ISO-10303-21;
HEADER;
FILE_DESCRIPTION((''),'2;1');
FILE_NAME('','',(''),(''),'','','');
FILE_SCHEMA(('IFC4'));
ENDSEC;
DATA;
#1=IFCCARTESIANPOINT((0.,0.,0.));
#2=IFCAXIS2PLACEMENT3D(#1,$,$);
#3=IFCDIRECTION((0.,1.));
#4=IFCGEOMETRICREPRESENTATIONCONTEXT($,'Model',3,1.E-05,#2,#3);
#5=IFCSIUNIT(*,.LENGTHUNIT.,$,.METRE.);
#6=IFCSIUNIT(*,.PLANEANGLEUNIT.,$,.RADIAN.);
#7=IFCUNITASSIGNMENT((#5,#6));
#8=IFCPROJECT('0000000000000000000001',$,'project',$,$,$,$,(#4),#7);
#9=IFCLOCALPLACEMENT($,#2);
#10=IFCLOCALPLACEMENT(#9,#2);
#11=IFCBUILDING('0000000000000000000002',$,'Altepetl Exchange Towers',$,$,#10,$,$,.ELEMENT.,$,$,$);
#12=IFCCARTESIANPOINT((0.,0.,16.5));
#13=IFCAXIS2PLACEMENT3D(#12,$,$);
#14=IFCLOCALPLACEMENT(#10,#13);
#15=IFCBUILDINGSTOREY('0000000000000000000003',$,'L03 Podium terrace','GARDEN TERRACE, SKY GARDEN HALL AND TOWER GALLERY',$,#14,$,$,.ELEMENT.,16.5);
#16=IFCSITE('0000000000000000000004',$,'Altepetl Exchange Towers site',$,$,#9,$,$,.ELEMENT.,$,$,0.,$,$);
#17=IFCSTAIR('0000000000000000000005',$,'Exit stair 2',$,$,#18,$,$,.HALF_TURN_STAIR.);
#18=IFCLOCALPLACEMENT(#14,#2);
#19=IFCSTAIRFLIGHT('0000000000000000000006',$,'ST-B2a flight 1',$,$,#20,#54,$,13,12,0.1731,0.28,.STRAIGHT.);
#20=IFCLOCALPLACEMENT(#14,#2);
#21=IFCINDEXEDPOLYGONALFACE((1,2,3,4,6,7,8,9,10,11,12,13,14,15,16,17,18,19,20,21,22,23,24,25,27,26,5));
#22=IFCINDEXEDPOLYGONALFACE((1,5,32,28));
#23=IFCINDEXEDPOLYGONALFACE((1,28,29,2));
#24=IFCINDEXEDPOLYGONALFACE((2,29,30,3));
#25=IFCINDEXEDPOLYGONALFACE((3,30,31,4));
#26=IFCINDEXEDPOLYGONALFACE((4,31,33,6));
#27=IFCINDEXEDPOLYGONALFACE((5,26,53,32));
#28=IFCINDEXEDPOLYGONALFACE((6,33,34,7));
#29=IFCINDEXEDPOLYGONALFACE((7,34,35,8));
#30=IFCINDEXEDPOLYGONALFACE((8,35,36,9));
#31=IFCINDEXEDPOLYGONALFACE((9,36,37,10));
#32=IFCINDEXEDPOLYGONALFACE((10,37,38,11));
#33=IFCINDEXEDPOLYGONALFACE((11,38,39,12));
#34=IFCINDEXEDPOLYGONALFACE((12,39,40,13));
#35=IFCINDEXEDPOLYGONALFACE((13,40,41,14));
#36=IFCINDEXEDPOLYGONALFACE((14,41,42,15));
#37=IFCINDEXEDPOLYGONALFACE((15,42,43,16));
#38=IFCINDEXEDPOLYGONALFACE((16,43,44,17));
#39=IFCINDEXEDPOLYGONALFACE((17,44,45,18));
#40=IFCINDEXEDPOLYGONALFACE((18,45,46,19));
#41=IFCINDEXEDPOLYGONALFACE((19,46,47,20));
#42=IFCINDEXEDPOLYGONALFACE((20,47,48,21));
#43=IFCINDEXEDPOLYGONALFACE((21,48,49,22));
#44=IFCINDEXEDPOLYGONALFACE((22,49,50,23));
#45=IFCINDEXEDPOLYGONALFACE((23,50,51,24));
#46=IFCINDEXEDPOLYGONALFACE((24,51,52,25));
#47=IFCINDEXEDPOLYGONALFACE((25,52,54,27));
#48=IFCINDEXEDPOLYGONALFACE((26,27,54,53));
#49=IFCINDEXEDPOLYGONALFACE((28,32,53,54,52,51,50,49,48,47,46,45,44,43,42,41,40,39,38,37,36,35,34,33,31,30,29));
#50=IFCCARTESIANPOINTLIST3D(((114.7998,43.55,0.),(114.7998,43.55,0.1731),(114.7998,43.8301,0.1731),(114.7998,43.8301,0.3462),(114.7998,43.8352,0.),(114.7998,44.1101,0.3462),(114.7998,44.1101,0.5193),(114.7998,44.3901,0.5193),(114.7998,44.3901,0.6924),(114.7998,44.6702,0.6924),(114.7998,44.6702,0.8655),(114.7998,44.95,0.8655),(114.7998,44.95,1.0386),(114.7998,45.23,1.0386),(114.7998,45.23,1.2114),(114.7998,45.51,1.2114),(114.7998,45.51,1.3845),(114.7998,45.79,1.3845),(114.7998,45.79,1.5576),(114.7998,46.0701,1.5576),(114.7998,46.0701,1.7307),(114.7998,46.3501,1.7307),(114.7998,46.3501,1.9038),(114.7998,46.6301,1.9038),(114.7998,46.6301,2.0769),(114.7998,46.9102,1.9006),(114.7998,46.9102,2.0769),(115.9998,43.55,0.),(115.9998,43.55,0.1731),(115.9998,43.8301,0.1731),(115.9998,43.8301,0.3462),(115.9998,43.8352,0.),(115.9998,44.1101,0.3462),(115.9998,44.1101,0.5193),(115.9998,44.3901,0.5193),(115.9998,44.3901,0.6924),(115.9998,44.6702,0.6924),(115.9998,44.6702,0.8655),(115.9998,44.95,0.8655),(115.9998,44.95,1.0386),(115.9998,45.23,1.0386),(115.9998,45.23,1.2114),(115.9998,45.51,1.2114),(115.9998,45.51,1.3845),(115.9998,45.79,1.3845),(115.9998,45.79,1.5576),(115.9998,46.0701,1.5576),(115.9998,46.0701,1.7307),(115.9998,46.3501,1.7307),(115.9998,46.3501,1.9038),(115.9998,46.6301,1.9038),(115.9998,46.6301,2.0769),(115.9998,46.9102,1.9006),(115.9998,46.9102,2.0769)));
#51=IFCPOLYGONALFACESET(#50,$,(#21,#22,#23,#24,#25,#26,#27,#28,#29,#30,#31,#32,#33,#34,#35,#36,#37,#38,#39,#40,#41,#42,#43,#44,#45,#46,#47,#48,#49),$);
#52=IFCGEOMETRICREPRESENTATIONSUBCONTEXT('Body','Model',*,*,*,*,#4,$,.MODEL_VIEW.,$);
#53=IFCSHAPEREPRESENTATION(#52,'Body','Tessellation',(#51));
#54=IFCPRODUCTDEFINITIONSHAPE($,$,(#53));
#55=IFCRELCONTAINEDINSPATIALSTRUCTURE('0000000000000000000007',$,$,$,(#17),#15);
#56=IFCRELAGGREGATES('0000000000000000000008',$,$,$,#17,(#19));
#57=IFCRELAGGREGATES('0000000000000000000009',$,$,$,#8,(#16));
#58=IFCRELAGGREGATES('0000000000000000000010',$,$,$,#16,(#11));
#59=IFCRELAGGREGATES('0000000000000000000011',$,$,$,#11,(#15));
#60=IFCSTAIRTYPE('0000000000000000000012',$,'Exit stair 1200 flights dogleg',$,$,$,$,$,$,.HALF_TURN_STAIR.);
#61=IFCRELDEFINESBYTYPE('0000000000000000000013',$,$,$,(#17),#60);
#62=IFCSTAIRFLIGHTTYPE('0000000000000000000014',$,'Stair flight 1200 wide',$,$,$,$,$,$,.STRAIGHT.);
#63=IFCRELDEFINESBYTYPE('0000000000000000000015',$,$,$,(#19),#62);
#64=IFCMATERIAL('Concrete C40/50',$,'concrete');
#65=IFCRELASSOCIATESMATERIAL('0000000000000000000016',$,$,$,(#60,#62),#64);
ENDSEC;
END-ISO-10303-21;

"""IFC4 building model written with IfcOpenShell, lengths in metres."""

from ifc_helpers import new_model, si_unit, direction, frame, origin, place, context, subcontext, project, spatial, polyline, outline, extrude, material, type_object, element, aggregate, save


model = new_model("IFC4")

# Units and contexts
model_context = context("Model", 3, precision=1e-05, world=origin(), true_north=direction((0.0, 1.0)))
body_context = subcontext(model_context, "Body", "Model", "MODEL_VIEW")
ifc_project = project(units=[si_unit("LENGTHUNIT", "METRE"), si_unit("PLANEANGLEUNIT", "RADIAN")], contexts=[model_context])

# Site, building, storey
site_placement = place(None, origin())
site = spatial("IfcSite", under=ifc_project, at=site_placement, Name="Altepetl Exchange Towers site", CompositionType="ELEMENT", RefElevation=0.0)
building_placement = place(site_placement, origin())
building = spatial("IfcBuilding", under=site, at=building_placement, Name="Altepetl Exchange Towers", CompositionType="ELEMENT")
storey_placement = place(building_placement, frame((0.0, 0.0, 16.5)))
storey = spatial("IfcBuildingStorey", under=building, at=storey_placement, Name="L03 Podium terrace", Description="GARDEN TERRACE, SKY GARDEN HALL AND TOWER GALLERY", CompositionType="ELEMENT", Elevation=16.5)

# Shared definitions
ifc_material_1 = material(Name="Concrete C40/50", Category="concrete")

# Stair, stair flight
stair_type = type_object("IfcStairType", Name="Exit stair 1200 flights dogleg", PredefinedType="HALF_TURN_STAIR", material=ifc_material_1)
stair_flight_type = type_object("IfcStairFlightType", Name="Stair flight 1200 wide", PredefinedType="STRAIGHT", material=ifc_material_1)
stair_1_placement = place(storey_placement, origin())
stair_1 = element("IfcStair", 1, at=stair_1_placement, inside=storey, type_object=stair_type, Name="Exit stair 2", PredefinedType="HALF_TURN_STAIR")
stair_flight_1_placement = place(storey_placement, frame((115.3999, 43.55, 0.0), z_axis=(0.0, 0.0, 1.0), x_axis=(0.0, 1.0, 0.0)))
stair_flight_1 = element("IfcStairFlight", 2, at=stair_flight_1_placement, type_object=stair_flight_type, Name="ST-B2a flight 1", NumberOfRisers=13, NumberOfTreads=12, PredefinedType="STRAIGHT", RiserHeight=0.1731, TreadLength=0.28, context=body_context, shape_type="SweptSolid", body=[
    extrude(outline(polyline([(0.0, 0.0), (0.0, 0.1731), (0.28, 0.1731), (0.28, 0.3462), (0.5601, 0.3462), (0.5601, 0.5193), (0.8401, 0.5193), (0.8401, 0.6924), (1.1201, 0.6924), (1.1201, 0.8655), (1.3999, 0.8655), (1.3999, 1.0386), (1.6799, 1.0386), (1.6799, 1.2114), (1.96, 1.2114), (1.96, 1.3845), (2.24, 1.3845), (2.24, 1.5576), (2.52, 1.5576), (2.52, 1.7307), (2.8, 1.7307), (2.8, 1.9038), (3.0801, 1.9038), (3.0801, 2.0769), (3.3601, 2.0769), (3.3601, 2.25), (3.3601, 1.9006), (0.2852, 0.0), (0.0, 0.0)])), frame((0.0, 0.6001, 0.0), z_axis=(0.0, -1.0, 0.0), x_axis=(1.0, 0.0, 0.0)), (0.0, 0.0, 1.0), 1.2),
])
aggregate(stair_1, [stair_flight_1])

save(model, "model.ifc")
